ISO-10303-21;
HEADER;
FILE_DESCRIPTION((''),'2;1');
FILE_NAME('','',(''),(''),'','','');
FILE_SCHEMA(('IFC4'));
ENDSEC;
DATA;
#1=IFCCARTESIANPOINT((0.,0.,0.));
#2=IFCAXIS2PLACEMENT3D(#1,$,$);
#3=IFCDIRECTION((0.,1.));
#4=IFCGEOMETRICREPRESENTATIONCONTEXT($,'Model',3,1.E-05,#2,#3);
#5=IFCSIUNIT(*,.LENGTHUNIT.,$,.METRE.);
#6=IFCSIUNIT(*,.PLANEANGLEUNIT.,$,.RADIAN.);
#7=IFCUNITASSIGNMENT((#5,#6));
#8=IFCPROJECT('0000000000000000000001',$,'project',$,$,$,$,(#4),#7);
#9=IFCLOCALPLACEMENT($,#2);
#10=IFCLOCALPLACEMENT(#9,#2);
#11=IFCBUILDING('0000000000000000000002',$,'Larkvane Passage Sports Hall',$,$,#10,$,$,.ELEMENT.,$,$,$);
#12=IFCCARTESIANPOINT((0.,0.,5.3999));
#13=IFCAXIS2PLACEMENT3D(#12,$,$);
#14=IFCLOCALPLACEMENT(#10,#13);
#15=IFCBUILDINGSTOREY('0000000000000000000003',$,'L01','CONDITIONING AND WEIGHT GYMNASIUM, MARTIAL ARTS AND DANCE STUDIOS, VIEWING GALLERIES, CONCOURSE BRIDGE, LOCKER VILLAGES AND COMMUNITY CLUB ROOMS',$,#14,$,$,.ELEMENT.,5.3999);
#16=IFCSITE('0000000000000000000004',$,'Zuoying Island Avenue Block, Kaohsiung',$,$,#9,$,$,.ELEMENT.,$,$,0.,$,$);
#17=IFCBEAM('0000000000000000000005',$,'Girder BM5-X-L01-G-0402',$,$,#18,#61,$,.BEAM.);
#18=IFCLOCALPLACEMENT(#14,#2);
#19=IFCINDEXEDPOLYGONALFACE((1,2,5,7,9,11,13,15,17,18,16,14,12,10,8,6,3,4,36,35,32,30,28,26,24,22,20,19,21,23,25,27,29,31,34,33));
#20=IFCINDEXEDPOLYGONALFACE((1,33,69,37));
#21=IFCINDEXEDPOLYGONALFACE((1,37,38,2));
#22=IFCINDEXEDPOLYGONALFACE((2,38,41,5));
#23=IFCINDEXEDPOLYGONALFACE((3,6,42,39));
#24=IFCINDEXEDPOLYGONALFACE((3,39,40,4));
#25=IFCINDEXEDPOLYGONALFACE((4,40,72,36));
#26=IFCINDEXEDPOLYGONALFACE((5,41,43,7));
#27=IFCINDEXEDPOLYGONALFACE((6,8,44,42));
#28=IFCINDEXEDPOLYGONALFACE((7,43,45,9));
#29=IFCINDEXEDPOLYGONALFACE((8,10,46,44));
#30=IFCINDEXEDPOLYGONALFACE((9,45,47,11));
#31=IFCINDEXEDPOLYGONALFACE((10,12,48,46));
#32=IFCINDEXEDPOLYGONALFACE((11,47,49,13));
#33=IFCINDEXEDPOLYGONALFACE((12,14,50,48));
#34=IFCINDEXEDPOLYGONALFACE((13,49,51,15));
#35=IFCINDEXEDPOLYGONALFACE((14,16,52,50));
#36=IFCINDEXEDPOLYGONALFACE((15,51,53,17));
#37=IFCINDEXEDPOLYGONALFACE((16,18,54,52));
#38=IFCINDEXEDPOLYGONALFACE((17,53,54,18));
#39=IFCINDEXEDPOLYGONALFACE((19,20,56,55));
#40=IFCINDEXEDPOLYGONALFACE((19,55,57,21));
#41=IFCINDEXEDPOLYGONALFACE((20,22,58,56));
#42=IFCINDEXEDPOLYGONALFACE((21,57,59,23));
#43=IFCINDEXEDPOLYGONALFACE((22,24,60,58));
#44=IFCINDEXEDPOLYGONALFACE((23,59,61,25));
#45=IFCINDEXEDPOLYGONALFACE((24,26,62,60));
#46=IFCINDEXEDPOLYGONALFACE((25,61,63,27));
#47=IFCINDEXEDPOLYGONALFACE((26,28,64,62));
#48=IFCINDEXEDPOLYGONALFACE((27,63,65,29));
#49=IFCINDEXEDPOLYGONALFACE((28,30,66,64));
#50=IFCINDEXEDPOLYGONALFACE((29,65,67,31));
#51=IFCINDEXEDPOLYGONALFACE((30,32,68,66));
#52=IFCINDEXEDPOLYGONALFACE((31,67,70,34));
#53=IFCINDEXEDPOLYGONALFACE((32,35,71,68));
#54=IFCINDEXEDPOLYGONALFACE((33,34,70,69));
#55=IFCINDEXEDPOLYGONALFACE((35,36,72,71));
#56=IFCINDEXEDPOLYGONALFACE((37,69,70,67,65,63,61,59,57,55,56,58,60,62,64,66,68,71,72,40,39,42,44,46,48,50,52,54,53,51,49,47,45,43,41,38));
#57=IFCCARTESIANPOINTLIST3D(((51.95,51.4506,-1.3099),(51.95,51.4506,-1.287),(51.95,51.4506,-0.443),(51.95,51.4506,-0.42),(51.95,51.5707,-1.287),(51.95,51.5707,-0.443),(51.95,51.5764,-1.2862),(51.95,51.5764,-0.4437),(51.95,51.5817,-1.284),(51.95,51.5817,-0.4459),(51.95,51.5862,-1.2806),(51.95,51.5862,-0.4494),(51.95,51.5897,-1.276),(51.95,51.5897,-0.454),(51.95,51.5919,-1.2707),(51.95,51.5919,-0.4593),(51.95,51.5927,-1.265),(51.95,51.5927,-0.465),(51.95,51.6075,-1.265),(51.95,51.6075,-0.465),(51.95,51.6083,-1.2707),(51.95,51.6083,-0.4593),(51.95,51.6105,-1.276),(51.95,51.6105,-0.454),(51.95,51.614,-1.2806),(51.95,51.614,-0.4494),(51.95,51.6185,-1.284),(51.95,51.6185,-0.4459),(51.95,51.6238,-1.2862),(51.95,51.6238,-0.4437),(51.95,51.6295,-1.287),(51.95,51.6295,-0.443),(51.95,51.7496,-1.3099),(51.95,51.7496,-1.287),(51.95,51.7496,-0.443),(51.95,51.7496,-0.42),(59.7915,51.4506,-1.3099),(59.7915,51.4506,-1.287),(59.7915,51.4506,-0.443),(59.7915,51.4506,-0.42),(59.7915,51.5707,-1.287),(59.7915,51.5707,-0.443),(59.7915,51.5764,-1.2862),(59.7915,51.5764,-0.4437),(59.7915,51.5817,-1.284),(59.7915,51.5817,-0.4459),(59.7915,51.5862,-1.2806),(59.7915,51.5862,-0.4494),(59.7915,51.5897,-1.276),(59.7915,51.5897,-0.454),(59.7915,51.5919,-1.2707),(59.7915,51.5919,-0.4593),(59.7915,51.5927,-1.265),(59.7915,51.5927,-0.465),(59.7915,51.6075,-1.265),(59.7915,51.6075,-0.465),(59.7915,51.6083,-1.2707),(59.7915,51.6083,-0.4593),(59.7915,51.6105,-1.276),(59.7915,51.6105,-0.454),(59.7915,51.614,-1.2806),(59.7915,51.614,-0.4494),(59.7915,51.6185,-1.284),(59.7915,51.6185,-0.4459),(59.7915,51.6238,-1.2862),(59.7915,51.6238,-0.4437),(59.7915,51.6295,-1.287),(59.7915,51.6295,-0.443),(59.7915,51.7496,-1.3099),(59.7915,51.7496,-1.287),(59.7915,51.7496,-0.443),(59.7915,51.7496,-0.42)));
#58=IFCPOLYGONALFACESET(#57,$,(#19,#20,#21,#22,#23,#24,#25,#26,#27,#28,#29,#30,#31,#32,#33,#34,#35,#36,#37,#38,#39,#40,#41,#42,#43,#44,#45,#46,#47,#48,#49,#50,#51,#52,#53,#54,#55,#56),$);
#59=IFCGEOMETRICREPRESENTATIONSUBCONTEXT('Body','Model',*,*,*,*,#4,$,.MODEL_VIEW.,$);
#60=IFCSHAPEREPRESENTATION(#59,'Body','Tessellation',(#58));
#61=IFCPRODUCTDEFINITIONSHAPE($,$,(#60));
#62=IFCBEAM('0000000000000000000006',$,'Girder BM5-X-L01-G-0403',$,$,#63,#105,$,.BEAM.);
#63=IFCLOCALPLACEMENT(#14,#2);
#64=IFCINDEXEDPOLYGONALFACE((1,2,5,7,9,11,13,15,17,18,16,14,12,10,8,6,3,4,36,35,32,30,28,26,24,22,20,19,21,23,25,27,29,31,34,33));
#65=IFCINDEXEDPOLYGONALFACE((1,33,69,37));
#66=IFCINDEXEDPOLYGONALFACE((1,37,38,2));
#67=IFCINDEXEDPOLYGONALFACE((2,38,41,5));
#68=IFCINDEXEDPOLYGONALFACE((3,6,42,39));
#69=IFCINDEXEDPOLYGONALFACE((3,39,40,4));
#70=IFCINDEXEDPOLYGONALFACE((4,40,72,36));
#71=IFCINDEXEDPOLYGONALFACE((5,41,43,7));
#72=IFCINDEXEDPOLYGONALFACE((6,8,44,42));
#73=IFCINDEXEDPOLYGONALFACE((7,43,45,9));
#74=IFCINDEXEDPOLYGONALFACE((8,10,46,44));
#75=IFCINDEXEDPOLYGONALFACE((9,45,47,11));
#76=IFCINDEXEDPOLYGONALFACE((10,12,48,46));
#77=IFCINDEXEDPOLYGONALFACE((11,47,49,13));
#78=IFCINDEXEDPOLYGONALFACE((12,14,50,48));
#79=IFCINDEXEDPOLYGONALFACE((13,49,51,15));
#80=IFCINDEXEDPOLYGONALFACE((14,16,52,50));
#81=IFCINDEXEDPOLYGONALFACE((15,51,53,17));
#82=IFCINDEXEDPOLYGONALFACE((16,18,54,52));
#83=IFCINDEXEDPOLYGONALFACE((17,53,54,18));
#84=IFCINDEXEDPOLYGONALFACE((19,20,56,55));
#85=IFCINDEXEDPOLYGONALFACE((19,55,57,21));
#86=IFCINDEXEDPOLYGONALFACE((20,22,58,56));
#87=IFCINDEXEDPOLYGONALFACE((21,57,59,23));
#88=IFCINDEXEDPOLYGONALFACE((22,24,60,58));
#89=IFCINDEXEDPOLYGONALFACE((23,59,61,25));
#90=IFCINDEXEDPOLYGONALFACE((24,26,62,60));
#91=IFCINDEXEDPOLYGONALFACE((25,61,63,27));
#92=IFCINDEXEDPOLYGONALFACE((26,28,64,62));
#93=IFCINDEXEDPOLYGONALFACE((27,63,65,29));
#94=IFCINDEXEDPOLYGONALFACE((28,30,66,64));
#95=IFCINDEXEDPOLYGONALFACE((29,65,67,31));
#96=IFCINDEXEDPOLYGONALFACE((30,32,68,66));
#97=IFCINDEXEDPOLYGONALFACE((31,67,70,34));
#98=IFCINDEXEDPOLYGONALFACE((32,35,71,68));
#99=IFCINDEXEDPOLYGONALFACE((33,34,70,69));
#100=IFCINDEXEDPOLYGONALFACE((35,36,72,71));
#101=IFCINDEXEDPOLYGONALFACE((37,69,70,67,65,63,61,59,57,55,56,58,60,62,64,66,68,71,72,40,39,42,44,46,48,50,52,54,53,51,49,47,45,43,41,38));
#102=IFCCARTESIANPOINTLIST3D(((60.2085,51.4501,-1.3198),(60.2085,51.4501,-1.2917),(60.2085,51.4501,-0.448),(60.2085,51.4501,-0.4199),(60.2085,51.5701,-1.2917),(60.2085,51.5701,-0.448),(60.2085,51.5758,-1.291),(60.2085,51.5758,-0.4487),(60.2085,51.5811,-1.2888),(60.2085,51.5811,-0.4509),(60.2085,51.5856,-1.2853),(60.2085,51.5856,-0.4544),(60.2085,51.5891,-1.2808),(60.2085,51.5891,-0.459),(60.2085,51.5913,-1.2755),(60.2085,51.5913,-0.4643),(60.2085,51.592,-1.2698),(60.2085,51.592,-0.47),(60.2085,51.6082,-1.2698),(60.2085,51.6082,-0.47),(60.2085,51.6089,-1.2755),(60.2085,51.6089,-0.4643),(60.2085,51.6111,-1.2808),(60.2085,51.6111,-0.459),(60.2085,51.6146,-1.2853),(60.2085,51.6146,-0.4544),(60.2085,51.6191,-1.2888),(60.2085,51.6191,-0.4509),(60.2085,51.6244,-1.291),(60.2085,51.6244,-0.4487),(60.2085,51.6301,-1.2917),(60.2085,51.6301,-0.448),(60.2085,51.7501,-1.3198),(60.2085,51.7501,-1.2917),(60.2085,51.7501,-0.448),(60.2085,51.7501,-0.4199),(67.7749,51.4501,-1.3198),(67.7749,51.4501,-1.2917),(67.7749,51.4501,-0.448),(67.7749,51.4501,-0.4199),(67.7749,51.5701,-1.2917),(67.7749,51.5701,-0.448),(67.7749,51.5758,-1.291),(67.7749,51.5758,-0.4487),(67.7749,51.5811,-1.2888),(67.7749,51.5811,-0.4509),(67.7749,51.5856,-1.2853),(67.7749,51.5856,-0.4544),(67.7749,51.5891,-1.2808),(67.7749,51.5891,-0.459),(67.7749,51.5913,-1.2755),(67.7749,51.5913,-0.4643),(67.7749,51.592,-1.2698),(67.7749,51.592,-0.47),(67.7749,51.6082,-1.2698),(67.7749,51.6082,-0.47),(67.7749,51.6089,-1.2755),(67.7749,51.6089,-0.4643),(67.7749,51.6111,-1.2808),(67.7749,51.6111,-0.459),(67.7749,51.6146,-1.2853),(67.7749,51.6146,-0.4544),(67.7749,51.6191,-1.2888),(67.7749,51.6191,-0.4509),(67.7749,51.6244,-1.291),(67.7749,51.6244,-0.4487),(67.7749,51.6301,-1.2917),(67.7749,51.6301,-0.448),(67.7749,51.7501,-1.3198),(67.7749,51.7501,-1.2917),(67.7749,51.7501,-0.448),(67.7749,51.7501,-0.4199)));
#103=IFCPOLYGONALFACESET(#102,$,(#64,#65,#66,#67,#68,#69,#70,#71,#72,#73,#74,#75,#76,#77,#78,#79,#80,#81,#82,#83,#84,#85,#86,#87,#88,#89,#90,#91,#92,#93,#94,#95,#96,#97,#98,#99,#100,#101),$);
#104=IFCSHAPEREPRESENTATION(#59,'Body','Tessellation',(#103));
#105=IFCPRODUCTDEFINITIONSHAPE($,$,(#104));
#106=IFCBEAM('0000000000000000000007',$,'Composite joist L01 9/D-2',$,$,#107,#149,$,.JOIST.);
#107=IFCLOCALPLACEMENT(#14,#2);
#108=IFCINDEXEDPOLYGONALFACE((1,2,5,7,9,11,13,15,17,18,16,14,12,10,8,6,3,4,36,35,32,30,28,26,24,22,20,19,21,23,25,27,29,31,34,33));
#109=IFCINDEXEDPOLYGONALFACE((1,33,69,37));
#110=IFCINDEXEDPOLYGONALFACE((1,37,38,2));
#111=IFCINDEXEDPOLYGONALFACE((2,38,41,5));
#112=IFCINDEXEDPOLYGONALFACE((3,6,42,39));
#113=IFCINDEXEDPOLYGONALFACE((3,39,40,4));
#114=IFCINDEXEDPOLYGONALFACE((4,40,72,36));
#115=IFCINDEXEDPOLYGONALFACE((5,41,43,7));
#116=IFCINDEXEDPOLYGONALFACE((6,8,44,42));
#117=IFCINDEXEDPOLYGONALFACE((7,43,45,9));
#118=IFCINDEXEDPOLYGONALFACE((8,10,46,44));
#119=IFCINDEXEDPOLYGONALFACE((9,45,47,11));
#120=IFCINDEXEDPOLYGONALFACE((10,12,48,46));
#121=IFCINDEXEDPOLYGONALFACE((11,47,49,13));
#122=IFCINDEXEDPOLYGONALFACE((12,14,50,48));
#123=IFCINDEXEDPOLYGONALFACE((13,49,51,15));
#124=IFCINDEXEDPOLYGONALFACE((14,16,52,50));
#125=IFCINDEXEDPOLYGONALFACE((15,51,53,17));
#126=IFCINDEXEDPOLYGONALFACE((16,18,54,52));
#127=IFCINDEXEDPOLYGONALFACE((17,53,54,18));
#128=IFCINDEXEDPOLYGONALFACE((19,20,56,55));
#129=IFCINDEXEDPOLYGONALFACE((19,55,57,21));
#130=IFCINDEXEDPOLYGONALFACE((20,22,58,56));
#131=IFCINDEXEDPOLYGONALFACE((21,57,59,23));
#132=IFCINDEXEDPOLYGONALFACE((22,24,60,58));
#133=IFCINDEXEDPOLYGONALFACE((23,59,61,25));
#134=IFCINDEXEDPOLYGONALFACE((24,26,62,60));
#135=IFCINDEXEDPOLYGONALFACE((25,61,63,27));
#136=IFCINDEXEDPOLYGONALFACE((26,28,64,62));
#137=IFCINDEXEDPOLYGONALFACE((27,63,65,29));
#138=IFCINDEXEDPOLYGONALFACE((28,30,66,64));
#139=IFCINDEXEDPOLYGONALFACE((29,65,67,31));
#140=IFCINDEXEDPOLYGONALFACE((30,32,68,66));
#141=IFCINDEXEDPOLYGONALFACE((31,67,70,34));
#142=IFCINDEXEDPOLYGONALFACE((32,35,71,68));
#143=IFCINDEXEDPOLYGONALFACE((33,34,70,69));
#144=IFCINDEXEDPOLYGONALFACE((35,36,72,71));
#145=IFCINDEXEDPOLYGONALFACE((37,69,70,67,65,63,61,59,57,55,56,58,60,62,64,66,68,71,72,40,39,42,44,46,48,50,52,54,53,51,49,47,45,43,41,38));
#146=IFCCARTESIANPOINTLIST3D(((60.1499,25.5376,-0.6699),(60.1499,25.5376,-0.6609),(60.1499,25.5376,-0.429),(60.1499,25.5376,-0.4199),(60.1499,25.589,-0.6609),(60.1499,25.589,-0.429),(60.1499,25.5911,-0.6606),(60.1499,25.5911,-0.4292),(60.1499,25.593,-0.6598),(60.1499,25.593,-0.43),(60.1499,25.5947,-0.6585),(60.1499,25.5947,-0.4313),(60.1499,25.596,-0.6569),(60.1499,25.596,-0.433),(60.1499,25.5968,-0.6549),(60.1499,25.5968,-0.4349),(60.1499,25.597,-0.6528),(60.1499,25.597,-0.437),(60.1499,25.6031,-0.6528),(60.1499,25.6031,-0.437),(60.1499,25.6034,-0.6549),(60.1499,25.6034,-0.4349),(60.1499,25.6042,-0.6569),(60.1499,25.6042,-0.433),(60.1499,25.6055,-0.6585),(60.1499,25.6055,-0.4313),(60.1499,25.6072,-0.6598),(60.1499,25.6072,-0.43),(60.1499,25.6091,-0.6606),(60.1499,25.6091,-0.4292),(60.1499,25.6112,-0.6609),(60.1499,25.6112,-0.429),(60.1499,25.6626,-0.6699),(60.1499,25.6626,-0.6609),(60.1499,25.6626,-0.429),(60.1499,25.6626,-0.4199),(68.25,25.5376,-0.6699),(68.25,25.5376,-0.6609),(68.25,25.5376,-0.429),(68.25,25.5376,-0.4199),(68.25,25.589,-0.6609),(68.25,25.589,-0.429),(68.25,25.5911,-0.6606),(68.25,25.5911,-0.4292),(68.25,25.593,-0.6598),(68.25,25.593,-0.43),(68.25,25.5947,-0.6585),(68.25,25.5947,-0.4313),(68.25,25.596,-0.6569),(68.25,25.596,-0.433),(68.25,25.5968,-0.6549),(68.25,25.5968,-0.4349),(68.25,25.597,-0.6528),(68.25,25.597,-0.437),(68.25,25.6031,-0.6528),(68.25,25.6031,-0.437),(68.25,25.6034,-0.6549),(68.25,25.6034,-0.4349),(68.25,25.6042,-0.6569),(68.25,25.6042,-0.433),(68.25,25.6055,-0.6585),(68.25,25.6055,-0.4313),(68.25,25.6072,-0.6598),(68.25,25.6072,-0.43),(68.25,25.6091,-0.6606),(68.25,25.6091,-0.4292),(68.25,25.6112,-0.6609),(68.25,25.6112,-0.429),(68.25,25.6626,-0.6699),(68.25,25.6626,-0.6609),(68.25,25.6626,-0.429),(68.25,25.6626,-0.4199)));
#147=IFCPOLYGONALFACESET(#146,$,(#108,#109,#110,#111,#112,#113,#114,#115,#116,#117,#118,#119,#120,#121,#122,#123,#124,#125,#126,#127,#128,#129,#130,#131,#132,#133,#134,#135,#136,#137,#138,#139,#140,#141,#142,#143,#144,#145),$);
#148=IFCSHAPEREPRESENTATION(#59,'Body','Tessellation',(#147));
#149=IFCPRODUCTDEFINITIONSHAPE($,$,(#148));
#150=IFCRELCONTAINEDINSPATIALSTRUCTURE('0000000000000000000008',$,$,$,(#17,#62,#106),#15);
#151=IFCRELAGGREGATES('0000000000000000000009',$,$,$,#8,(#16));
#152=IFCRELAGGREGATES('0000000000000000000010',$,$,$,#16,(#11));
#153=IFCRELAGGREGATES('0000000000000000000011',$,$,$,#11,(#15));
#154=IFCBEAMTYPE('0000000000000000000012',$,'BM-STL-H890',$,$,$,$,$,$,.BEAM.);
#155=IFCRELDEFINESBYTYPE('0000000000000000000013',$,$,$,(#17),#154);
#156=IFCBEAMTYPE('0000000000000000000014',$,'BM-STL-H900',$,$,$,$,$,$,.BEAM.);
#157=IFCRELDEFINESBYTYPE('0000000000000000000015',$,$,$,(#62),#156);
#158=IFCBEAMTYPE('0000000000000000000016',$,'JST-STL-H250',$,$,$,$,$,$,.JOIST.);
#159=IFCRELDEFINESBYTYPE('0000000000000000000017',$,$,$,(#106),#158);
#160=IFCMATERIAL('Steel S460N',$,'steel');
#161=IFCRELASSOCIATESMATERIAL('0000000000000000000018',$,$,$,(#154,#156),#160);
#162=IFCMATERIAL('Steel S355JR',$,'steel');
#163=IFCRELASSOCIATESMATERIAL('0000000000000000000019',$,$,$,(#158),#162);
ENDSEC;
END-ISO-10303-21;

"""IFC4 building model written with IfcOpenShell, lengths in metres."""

from ifc_helpers import new_model, si_unit, direction, frame, origin, origin_2d, place, context, subcontext, project, spatial, i_section, extrude, material, material_profile, profile_set, type_object, element, save


model = new_model("IFC4")

# Units and contexts
model_context = context("Model", 3, precision=1e-05, world=origin(), true_north=direction((0.0, 1.0)))
body_context = subcontext(model_context, "Body", "Model", "MODEL_VIEW")
ifc_project = project(units=[si_unit("LENGTHUNIT", "METRE"), si_unit("PLANEANGLEUNIT", "RADIAN")], contexts=[model_context])

# Site, building, storey
site_placement = place(None, origin())
site = spatial("IfcSite", under=ifc_project, at=site_placement, Name="Zuoying Island Avenue Block, Kaohsiung", CompositionType="ELEMENT", RefElevation=0.0)
building_placement = place(site_placement, origin())
building = spatial("IfcBuilding", under=site, at=building_placement, Name="Larkvane Passage Sports Hall", CompositionType="ELEMENT")
storey_placement = place(building_placement, frame((0.0, 0.0, 5.3999)))
storey = spatial("IfcBuildingStorey", under=building, at=storey_placement, Name="L01", Description="CONDITIONING AND WEIGHT GYMNASIUM, MARTIAL ARTS AND DANCE STUDIOS, VIEWING GALLERIES, CONCOURSE BRIDGE, LOCKER VILLAGES AND COMMUNITY CLUB ROOMS", CompositionType="ELEMENT", Elevation=5.3999)

# Shared definitions
ifc_material_1 = material(Name="Steel S355JR", Category="steel")
ifc_material_2 = material(Name="Steel S460N", Category="steel")

# Beams
ifc_material_profile_1 = material_profile(ifc_material_2, i_section(OverallWidth=0.2991, OverallDepth=0.8899, WebThickness=0.0149, FlangeThickness=0.0229, FilletRadius=0.022, at=origin_2d()), Name="H-890x299x15x23")
ifc_profile_set_1 = profile_set([ifc_material_profile_1], Name="Steel S460N")
beam_type_1 = type_object("IfcBeamType", Name="BM-STL-H890", PredefinedType="BEAM", material=ifc_profile_set_1)
beam_1_placement = place(storey_placement, frame((51.95, 51.6001, -0.865), z_axis=(1.0, 0.0, 0.0), x_axis=(0.0, 1.0, 0.0)))
element("IfcBeam", 1, at=beam_1_placement, inside=storey, type_object=beam_type_1, Name="Girder BM5-X-L01-G-0402", PredefinedType="BEAM", context=body_context, shape_type="SweptSolid", body=[
    extrude(i_section(OverallWidth=0.2991, OverallDepth=0.8899, WebThickness=0.0149, FlangeThickness=0.0229, FilletRadius=0.022, at=origin_2d()), origin(), (0.0, 0.0, 1.0), 7.8416),
])
ifc_material_profile_2 = material_profile(ifc_material_2, i_section(OverallWidth=0.3, OverallDepth=0.8999, WebThickness=0.0161, FlangeThickness=0.0281, FilletRadius=0.022, at=origin_2d()), Name="H-900x300x16x28")
ifc_profile_set_2 = profile_set([ifc_material_profile_2], Name="Steel S460N")
beam_type_2 = type_object("IfcBeamType", Name="BM-STL-H900", PredefinedType="BEAM", material=ifc_profile_set_2)
beam_2_placement = place(storey_placement, frame((60.2085, 51.6001, -0.8699), z_axis=(1.0, 0.0, 0.0), x_axis=(0.0, 1.0, 0.0)))
element("IfcBeam", 2, at=beam_2_placement, inside=storey, type_object=beam_type_2, Name="Girder BM5-X-L01-G-0403", PredefinedType="BEAM", context=body_context, shape_type="SweptSolid", body=[
    extrude(i_section(OverallWidth=0.3, OverallDepth=0.8999, WebThickness=0.0161, FlangeThickness=0.0281, FilletRadius=0.022, at=origin_2d()), origin(), (0.0, 0.0, 1.0), 7.5664),
])
ifc_material_profile_3 = material_profile(ifc_material_1, i_section(OverallWidth=0.125, OverallDepth=0.25, WebThickness=0.0061, FlangeThickness=0.009, FilletRadius=0.0081, at=origin_2d()), Name="H-250x125x6x9")
ifc_profile_set_3 = profile_set([ifc_material_profile_3], Name="Steel S355JR")
beam_type_3 = type_object("IfcBeamType", Name="JST-STL-H250", PredefinedType="JOIST", material=ifc_profile_set_3)
beam_3_placement = place(storey_placement, frame((60.1499, 25.6001, -0.5449), z_axis=(1.0, 0.0, 0.0), x_axis=(0.0, 1.0, 0.0)))
element("IfcBeam", 3, at=beam_3_placement, inside=storey, type_object=beam_type_3, Name="Composite joist L01 9/D-2", PredefinedType="JOIST", context=body_context, shape_type="SweptSolid", body=[
    extrude(i_section(OverallWidth=0.125, OverallDepth=0.25, WebThickness=0.0061, FlangeThickness=0.009, FilletRadius=0.0081, at=origin_2d()), origin(), (0.0, 0.0, 1.0), 8.1001),
])

save(model, "model.ifc")
